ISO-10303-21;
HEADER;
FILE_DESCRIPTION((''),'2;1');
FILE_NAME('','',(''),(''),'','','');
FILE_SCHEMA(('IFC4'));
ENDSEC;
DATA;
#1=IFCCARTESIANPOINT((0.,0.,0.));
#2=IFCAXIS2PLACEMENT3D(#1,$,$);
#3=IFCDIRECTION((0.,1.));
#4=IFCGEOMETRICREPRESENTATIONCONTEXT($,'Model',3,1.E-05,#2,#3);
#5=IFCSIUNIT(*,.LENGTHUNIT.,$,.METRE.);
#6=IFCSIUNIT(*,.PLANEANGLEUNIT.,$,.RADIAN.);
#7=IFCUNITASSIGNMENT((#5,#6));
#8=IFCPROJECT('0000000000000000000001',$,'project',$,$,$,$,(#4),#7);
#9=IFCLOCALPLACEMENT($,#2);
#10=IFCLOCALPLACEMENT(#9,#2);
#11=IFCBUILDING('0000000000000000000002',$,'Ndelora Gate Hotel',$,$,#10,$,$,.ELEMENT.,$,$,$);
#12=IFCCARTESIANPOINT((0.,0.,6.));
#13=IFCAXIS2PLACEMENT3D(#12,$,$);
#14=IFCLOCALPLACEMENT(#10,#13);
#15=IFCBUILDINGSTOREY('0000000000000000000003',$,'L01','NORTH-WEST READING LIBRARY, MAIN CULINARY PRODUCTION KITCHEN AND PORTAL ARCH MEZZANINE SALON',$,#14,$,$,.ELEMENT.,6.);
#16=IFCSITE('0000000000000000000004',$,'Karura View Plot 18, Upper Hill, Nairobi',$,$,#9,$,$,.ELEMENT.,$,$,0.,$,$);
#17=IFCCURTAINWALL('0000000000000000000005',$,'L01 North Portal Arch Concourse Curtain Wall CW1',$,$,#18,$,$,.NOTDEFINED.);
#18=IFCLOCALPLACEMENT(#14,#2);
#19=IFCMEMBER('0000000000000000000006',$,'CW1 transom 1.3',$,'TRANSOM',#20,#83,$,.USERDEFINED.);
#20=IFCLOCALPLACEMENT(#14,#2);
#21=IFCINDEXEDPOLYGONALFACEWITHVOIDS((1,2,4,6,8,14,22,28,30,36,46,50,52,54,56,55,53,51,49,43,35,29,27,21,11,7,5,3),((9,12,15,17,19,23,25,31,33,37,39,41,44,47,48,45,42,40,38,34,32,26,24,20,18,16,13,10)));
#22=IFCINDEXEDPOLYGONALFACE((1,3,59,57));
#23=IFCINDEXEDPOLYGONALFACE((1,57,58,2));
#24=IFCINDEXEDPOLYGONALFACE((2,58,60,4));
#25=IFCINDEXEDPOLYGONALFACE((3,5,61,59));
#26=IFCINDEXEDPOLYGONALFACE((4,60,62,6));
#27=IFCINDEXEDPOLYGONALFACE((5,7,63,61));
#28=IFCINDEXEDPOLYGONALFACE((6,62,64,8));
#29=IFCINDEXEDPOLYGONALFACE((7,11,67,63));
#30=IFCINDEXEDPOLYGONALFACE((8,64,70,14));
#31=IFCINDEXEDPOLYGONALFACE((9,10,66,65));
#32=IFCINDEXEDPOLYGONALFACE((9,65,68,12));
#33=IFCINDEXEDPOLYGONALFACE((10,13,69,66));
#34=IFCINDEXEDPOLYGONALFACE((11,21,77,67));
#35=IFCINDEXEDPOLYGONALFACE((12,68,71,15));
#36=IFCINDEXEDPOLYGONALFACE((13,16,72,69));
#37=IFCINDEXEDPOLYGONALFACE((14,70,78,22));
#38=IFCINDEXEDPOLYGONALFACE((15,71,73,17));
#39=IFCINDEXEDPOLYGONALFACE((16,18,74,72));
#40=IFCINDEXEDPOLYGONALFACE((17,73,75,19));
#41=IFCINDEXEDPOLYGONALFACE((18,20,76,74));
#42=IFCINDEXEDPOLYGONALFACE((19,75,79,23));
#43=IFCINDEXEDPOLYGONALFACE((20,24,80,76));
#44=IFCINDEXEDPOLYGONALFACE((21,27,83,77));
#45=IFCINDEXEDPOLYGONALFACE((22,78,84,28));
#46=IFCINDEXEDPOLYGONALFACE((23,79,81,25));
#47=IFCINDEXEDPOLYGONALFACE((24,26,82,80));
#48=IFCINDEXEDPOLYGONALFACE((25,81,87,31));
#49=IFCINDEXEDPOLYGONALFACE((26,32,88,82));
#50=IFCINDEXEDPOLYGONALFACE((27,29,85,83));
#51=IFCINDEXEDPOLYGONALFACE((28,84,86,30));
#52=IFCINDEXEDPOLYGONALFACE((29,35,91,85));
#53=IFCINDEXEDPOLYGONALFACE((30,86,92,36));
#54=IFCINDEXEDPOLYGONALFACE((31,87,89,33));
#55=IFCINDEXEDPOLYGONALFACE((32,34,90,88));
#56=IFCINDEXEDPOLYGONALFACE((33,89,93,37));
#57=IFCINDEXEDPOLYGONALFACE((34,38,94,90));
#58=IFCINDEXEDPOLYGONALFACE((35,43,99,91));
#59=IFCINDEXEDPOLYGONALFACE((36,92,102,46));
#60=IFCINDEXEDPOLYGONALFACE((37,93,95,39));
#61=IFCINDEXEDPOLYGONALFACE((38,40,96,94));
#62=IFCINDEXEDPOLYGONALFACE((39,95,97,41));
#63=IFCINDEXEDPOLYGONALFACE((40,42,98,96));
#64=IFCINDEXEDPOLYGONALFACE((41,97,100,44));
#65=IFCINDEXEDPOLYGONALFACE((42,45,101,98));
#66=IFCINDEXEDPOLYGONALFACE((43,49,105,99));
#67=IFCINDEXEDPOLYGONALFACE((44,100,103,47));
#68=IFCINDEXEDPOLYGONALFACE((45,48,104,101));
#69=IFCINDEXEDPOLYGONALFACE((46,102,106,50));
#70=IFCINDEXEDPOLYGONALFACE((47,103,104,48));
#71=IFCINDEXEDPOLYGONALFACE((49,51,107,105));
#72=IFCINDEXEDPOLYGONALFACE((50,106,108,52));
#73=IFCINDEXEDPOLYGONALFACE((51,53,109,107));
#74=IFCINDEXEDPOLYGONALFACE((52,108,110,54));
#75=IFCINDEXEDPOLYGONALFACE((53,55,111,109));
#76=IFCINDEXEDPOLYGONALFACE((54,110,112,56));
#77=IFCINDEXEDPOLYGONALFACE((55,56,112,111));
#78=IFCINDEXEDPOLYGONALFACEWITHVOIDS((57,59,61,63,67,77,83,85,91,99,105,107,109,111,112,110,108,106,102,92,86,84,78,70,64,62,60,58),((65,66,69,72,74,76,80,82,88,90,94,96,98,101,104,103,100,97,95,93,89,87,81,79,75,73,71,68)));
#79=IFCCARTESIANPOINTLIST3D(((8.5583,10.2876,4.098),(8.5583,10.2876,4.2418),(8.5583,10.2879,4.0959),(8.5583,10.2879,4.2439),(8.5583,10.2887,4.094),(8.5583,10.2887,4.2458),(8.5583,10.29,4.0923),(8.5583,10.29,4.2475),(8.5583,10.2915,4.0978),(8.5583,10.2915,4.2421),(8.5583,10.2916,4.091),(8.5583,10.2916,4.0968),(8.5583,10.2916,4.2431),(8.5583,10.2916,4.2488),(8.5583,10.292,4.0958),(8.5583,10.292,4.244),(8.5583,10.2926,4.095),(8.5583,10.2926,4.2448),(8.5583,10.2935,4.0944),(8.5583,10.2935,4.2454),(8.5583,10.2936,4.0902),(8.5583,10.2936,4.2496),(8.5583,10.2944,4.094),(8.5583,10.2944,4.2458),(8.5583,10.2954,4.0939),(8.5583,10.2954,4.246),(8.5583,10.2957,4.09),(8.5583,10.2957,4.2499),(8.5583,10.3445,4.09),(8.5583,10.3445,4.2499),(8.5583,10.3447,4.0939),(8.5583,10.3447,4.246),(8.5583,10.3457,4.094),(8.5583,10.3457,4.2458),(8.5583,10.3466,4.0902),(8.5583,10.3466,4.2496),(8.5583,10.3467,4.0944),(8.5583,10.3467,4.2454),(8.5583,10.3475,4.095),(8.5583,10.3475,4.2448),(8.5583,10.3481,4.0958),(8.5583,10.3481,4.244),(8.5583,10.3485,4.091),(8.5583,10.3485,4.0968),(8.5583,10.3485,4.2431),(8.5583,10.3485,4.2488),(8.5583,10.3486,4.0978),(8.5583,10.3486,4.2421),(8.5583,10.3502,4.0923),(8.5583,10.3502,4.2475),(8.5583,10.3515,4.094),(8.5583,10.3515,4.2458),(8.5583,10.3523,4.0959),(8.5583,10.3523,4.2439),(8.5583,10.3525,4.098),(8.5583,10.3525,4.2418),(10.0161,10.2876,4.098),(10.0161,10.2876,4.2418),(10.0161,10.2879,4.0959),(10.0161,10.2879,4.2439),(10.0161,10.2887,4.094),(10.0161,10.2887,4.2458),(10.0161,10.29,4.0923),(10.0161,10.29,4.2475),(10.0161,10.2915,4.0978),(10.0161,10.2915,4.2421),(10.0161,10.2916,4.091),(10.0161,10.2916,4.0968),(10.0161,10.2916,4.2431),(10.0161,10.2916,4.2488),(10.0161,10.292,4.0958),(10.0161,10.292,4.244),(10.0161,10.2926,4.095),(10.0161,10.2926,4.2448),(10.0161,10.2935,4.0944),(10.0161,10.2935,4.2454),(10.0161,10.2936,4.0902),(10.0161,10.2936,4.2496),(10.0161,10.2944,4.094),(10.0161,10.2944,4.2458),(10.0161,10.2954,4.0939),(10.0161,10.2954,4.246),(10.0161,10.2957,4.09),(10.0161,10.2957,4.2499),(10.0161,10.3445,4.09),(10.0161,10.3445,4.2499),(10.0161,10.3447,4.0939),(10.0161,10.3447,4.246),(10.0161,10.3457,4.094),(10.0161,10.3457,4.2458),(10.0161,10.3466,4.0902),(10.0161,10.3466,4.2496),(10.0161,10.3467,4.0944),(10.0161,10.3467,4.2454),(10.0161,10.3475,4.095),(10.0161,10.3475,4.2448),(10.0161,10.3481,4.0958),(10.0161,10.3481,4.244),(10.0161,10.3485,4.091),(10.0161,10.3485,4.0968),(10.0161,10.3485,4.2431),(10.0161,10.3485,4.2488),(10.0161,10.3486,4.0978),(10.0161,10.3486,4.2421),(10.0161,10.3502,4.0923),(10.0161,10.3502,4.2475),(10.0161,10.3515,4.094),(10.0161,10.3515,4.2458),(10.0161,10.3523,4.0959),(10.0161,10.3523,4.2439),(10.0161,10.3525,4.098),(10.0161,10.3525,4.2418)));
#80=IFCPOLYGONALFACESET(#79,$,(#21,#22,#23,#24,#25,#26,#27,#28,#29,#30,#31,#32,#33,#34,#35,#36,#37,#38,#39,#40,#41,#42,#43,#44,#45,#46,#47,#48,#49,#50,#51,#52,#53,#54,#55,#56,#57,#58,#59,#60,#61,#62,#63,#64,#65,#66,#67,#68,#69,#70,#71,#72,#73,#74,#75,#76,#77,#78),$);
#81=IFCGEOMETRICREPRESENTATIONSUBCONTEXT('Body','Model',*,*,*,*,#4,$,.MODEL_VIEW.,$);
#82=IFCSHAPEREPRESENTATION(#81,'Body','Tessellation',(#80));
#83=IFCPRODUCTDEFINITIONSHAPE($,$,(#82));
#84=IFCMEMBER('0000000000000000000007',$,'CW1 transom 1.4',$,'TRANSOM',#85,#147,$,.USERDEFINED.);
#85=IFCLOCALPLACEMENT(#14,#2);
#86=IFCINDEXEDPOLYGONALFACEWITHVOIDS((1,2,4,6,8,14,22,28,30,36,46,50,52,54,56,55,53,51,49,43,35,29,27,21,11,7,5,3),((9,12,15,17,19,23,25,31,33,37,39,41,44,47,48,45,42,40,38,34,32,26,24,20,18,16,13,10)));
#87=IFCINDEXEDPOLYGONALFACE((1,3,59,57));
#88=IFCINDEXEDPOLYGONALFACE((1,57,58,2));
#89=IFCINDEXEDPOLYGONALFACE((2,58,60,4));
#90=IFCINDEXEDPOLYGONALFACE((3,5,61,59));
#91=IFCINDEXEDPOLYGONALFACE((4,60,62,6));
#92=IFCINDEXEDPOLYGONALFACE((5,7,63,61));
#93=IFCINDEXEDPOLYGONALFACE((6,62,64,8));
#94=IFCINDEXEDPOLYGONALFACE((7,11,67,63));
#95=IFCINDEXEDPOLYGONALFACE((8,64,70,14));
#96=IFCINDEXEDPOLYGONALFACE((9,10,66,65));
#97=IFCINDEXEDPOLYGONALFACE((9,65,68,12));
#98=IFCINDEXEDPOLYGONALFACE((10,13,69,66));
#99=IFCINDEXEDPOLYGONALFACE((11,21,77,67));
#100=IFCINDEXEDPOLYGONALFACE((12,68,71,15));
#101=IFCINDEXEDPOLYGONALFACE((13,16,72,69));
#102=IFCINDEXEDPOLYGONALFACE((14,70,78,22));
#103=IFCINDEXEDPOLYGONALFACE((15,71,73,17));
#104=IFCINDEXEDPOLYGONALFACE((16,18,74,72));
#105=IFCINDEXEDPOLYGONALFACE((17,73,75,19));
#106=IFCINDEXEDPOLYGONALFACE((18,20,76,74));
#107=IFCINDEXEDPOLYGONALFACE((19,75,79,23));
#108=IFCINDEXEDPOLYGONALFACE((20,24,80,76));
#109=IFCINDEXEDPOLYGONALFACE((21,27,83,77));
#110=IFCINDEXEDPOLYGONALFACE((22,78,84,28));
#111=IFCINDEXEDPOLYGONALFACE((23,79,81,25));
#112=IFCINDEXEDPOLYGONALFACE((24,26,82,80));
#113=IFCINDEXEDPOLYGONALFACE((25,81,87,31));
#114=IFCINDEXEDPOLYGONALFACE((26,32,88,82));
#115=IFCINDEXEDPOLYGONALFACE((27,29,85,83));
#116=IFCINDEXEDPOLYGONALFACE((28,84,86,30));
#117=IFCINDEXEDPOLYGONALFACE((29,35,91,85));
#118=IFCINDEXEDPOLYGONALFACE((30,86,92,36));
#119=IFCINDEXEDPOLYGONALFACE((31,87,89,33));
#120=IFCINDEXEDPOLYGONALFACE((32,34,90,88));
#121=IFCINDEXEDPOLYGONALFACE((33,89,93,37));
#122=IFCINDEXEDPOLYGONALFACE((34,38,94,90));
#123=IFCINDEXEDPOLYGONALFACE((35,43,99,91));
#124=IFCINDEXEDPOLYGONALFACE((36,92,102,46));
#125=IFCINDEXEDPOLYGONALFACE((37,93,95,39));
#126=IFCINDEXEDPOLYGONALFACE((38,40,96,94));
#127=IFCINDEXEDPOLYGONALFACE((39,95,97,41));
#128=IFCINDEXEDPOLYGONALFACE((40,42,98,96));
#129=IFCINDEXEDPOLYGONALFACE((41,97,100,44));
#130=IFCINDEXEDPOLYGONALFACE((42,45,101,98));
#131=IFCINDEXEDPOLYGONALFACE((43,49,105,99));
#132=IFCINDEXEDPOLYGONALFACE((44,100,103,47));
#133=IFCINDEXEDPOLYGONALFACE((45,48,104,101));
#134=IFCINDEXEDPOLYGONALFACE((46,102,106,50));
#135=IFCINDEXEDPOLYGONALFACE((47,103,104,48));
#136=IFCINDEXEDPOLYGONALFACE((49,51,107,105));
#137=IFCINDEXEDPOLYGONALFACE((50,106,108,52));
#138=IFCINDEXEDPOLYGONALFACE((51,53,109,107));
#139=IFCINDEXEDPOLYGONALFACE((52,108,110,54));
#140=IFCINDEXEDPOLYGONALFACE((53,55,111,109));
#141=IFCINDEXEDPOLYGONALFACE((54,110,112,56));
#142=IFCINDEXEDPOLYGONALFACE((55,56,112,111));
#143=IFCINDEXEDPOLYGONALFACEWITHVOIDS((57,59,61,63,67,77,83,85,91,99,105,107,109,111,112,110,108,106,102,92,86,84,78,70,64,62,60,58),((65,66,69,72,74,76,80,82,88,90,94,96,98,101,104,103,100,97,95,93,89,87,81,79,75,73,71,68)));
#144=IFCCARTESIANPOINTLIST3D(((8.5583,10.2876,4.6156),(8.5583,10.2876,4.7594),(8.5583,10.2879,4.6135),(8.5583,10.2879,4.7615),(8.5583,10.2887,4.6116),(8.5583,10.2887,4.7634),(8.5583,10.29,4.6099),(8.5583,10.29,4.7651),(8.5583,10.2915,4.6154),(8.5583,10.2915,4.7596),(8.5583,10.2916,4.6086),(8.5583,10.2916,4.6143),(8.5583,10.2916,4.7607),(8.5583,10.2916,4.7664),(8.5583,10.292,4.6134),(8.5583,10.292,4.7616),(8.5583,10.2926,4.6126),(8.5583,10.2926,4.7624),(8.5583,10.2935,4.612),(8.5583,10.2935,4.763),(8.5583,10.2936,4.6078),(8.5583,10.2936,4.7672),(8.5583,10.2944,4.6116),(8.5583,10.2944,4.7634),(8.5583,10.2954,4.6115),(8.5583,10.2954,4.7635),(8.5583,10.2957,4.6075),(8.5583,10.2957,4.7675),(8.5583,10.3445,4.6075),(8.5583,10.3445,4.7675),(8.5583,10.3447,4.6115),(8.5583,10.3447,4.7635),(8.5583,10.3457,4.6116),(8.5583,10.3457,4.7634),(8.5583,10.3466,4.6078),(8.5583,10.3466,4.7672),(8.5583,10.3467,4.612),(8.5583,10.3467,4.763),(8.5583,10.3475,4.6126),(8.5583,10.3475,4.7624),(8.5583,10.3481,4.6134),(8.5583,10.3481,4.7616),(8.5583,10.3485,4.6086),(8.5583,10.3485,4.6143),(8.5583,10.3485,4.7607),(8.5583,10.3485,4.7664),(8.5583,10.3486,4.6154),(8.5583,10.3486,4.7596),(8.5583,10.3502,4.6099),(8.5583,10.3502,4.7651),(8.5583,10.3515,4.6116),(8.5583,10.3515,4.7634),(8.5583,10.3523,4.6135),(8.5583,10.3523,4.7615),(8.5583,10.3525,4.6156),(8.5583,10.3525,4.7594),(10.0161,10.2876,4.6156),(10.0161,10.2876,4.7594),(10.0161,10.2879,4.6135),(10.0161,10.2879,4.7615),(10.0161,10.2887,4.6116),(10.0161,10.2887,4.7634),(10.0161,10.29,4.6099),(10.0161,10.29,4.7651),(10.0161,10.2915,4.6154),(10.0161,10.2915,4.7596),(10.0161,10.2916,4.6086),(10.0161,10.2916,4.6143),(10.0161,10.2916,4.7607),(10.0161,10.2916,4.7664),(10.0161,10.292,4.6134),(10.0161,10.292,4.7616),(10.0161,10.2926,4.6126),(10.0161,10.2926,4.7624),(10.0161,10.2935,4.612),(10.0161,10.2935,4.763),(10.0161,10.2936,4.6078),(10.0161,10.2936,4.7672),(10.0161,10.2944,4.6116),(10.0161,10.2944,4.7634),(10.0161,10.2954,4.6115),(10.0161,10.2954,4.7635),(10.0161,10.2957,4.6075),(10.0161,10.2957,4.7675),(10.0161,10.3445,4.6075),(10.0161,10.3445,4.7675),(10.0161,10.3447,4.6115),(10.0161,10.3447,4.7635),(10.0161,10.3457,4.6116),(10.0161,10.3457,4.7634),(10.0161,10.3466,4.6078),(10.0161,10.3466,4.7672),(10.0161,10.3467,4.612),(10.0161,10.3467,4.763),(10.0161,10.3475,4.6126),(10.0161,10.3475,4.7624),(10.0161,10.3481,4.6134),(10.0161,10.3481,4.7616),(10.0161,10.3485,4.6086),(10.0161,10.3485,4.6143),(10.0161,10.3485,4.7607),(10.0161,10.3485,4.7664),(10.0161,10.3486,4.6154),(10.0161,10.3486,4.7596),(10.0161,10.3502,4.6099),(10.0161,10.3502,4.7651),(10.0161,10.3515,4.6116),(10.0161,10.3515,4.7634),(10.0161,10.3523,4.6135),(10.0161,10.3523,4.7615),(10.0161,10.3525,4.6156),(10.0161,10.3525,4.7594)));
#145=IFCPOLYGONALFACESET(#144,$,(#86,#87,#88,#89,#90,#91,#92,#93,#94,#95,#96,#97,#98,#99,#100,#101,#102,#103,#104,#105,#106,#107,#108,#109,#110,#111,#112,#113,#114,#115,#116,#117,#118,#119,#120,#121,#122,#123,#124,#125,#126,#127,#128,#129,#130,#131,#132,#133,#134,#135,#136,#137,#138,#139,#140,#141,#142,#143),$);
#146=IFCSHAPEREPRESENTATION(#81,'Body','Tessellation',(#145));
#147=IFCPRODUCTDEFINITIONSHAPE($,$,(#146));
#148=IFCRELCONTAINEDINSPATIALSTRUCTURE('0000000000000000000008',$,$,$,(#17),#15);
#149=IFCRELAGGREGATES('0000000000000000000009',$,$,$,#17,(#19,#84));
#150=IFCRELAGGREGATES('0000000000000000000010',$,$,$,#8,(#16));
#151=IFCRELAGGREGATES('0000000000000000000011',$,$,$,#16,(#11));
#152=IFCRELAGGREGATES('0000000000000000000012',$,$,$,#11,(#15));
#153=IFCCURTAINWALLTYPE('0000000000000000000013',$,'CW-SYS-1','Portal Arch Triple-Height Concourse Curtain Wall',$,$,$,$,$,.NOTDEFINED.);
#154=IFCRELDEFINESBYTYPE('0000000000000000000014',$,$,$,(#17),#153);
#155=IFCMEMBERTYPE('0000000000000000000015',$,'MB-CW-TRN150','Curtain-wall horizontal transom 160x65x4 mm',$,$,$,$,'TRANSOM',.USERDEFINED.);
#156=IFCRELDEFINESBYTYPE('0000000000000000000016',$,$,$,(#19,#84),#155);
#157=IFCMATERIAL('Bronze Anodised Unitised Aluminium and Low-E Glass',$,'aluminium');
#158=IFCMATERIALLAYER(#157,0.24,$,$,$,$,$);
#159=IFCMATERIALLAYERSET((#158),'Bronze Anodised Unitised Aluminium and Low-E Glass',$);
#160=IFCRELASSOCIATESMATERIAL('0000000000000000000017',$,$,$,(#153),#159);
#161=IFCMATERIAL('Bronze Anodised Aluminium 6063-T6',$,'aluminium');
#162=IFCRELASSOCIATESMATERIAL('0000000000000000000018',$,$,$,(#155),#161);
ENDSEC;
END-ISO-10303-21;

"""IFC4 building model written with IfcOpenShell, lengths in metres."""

from ifc_helpers import new_model, si_unit, direction, frame, origin, origin_2d, place, context, subcontext, project, spatial, hollow_rectangle, extrude, material, layer, layer_set, material_profile, profile_set, type_object, element, aggregate, save


model = new_model("IFC4")

# Units and contexts
model_context = context("Model", 3, precision=1e-05, world=origin(), true_north=direction((0.0, 1.0)))
body_context = subcontext(model_context, "Body", "Model", "MODEL_VIEW")
ifc_project = project(units=[si_unit("LENGTHUNIT", "METRE"), si_unit("PLANEANGLEUNIT", "RADIAN")], contexts=[model_context])

# Site, building, storey
site_placement = place(None, origin())
site = spatial("IfcSite", under=ifc_project, at=site_placement, Name="Karura View Plot 18, Upper Hill, Nairobi", CompositionType="ELEMENT", RefElevation=0.0)
building_placement = place(site_placement, origin())
building = spatial("IfcBuilding", under=site, at=building_placement, Name="Ndelora Gate Hotel", CompositionType="ELEMENT")
storey_placement = place(building_placement, frame((0.0, 0.0, 6.0)))
storey = spatial("IfcBuildingStorey", under=building, at=storey_placement, Name="L01", Description="NORTH-WEST READING LIBRARY, MAIN CULINARY PRODUCTION KITCHEN AND PORTAL ARCH MEZZANINE SALON", CompositionType="ELEMENT", Elevation=6.0)

# Curtain wall, members
ifc_material_1 = material(Name="Bronze Anodised Unitised Aluminium and Low-E Glass", Category="aluminium")
ifc_layer_1 = layer(ifc_material_1, 0.24)
ifc_layer_set_1 = layer_set([ifc_layer_1], Name="Bronze Anodised Unitised Aluminium and Low-E Glass")
curtain_wall_type = type_object("IfcCurtainWallType", Name="CW-SYS-1", Description="Portal Arch Triple-Height Concourse Curtain Wall", PredefinedType="NOTDEFINED", material=ifc_layer_set_1)
curtain_wall_placement = place(storey_placement, origin())
curtain_wall = element("IfcCurtainWall", 1, at=curtain_wall_placement, inside=storey, type_object=curtain_wall_type, Name="L01 North Portal Arch Concourse Curtain Wall CW1", PredefinedType="NOTDEFINED")
ifc_material_2 = material(Name="Bronze Anodised Aluminium 6063-T6", Category="aluminium")
ifc_material_profile_1 = material_profile(ifc_material_2, hollow_rectangle(XDim=0.0649, YDim=0.1599, WallThickness=0.0039, InnerFilletRadius=0.0039, OuterFilletRadius=0.0081, at=origin_2d()), Name="ALU 160x65x4")
ifc_profile_set_1 = profile_set([ifc_material_profile_1], Name="Bronze Anodised Aluminium 6063-T6")
member_type_1 = type_object("IfcMemberType", Name="MB-CW-TRN150", Description="Curtain-wall horizontal transom 160x65x4 mm", ElementType="TRANSOM", PredefinedType="USERDEFINED", material=ifc_profile_set_1)
member_1_placement = place(storey_placement, frame((10.0161, 10.3201, 4.1699), z_axis=(-1.0, 0.0, 0.0), x_axis=(0.0, -1.0, 0.0)))
member_1 = element("IfcMember", 2, at=member_1_placement, type_object=member_type_1, Name="CW1 transom 1.3", ObjectType="TRANSOM", PredefinedType="USERDEFINED", context=body_context, shape_type="SweptSolid", body=[
    extrude(hollow_rectangle(XDim=0.0649, YDim=0.1599, WallThickness=0.0039, InnerFilletRadius=0.0039, OuterFilletRadius=0.0081, at=origin_2d()), origin(), (0.0, 0.0, 1.0), 1.4578),
])
member_2_placement = place(storey_placement, frame((10.0161, 10.3201, 4.6875), z_axis=(-1.0, 0.0, 0.0), x_axis=(0.0, -1.0, 0.0)))
member_2 = element("IfcMember", 3, at=member_2_placement, type_object=member_type_1, Name="CW1 transom 1.4", ObjectType="TRANSOM", PredefinedType="USERDEFINED", context=body_context, shape_type="SweptSolid", body=[
    extrude(hollow_rectangle(XDim=0.0649, YDim=0.1599, WallThickness=0.0039, InnerFilletRadius=0.0039, OuterFilletRadius=0.0081, at=origin_2d()), origin(), (0.0, 0.0, 1.0), 1.4578),
])
aggregate(curtain_wall, [member_1, member_2])

save(model, "model.ifc")
